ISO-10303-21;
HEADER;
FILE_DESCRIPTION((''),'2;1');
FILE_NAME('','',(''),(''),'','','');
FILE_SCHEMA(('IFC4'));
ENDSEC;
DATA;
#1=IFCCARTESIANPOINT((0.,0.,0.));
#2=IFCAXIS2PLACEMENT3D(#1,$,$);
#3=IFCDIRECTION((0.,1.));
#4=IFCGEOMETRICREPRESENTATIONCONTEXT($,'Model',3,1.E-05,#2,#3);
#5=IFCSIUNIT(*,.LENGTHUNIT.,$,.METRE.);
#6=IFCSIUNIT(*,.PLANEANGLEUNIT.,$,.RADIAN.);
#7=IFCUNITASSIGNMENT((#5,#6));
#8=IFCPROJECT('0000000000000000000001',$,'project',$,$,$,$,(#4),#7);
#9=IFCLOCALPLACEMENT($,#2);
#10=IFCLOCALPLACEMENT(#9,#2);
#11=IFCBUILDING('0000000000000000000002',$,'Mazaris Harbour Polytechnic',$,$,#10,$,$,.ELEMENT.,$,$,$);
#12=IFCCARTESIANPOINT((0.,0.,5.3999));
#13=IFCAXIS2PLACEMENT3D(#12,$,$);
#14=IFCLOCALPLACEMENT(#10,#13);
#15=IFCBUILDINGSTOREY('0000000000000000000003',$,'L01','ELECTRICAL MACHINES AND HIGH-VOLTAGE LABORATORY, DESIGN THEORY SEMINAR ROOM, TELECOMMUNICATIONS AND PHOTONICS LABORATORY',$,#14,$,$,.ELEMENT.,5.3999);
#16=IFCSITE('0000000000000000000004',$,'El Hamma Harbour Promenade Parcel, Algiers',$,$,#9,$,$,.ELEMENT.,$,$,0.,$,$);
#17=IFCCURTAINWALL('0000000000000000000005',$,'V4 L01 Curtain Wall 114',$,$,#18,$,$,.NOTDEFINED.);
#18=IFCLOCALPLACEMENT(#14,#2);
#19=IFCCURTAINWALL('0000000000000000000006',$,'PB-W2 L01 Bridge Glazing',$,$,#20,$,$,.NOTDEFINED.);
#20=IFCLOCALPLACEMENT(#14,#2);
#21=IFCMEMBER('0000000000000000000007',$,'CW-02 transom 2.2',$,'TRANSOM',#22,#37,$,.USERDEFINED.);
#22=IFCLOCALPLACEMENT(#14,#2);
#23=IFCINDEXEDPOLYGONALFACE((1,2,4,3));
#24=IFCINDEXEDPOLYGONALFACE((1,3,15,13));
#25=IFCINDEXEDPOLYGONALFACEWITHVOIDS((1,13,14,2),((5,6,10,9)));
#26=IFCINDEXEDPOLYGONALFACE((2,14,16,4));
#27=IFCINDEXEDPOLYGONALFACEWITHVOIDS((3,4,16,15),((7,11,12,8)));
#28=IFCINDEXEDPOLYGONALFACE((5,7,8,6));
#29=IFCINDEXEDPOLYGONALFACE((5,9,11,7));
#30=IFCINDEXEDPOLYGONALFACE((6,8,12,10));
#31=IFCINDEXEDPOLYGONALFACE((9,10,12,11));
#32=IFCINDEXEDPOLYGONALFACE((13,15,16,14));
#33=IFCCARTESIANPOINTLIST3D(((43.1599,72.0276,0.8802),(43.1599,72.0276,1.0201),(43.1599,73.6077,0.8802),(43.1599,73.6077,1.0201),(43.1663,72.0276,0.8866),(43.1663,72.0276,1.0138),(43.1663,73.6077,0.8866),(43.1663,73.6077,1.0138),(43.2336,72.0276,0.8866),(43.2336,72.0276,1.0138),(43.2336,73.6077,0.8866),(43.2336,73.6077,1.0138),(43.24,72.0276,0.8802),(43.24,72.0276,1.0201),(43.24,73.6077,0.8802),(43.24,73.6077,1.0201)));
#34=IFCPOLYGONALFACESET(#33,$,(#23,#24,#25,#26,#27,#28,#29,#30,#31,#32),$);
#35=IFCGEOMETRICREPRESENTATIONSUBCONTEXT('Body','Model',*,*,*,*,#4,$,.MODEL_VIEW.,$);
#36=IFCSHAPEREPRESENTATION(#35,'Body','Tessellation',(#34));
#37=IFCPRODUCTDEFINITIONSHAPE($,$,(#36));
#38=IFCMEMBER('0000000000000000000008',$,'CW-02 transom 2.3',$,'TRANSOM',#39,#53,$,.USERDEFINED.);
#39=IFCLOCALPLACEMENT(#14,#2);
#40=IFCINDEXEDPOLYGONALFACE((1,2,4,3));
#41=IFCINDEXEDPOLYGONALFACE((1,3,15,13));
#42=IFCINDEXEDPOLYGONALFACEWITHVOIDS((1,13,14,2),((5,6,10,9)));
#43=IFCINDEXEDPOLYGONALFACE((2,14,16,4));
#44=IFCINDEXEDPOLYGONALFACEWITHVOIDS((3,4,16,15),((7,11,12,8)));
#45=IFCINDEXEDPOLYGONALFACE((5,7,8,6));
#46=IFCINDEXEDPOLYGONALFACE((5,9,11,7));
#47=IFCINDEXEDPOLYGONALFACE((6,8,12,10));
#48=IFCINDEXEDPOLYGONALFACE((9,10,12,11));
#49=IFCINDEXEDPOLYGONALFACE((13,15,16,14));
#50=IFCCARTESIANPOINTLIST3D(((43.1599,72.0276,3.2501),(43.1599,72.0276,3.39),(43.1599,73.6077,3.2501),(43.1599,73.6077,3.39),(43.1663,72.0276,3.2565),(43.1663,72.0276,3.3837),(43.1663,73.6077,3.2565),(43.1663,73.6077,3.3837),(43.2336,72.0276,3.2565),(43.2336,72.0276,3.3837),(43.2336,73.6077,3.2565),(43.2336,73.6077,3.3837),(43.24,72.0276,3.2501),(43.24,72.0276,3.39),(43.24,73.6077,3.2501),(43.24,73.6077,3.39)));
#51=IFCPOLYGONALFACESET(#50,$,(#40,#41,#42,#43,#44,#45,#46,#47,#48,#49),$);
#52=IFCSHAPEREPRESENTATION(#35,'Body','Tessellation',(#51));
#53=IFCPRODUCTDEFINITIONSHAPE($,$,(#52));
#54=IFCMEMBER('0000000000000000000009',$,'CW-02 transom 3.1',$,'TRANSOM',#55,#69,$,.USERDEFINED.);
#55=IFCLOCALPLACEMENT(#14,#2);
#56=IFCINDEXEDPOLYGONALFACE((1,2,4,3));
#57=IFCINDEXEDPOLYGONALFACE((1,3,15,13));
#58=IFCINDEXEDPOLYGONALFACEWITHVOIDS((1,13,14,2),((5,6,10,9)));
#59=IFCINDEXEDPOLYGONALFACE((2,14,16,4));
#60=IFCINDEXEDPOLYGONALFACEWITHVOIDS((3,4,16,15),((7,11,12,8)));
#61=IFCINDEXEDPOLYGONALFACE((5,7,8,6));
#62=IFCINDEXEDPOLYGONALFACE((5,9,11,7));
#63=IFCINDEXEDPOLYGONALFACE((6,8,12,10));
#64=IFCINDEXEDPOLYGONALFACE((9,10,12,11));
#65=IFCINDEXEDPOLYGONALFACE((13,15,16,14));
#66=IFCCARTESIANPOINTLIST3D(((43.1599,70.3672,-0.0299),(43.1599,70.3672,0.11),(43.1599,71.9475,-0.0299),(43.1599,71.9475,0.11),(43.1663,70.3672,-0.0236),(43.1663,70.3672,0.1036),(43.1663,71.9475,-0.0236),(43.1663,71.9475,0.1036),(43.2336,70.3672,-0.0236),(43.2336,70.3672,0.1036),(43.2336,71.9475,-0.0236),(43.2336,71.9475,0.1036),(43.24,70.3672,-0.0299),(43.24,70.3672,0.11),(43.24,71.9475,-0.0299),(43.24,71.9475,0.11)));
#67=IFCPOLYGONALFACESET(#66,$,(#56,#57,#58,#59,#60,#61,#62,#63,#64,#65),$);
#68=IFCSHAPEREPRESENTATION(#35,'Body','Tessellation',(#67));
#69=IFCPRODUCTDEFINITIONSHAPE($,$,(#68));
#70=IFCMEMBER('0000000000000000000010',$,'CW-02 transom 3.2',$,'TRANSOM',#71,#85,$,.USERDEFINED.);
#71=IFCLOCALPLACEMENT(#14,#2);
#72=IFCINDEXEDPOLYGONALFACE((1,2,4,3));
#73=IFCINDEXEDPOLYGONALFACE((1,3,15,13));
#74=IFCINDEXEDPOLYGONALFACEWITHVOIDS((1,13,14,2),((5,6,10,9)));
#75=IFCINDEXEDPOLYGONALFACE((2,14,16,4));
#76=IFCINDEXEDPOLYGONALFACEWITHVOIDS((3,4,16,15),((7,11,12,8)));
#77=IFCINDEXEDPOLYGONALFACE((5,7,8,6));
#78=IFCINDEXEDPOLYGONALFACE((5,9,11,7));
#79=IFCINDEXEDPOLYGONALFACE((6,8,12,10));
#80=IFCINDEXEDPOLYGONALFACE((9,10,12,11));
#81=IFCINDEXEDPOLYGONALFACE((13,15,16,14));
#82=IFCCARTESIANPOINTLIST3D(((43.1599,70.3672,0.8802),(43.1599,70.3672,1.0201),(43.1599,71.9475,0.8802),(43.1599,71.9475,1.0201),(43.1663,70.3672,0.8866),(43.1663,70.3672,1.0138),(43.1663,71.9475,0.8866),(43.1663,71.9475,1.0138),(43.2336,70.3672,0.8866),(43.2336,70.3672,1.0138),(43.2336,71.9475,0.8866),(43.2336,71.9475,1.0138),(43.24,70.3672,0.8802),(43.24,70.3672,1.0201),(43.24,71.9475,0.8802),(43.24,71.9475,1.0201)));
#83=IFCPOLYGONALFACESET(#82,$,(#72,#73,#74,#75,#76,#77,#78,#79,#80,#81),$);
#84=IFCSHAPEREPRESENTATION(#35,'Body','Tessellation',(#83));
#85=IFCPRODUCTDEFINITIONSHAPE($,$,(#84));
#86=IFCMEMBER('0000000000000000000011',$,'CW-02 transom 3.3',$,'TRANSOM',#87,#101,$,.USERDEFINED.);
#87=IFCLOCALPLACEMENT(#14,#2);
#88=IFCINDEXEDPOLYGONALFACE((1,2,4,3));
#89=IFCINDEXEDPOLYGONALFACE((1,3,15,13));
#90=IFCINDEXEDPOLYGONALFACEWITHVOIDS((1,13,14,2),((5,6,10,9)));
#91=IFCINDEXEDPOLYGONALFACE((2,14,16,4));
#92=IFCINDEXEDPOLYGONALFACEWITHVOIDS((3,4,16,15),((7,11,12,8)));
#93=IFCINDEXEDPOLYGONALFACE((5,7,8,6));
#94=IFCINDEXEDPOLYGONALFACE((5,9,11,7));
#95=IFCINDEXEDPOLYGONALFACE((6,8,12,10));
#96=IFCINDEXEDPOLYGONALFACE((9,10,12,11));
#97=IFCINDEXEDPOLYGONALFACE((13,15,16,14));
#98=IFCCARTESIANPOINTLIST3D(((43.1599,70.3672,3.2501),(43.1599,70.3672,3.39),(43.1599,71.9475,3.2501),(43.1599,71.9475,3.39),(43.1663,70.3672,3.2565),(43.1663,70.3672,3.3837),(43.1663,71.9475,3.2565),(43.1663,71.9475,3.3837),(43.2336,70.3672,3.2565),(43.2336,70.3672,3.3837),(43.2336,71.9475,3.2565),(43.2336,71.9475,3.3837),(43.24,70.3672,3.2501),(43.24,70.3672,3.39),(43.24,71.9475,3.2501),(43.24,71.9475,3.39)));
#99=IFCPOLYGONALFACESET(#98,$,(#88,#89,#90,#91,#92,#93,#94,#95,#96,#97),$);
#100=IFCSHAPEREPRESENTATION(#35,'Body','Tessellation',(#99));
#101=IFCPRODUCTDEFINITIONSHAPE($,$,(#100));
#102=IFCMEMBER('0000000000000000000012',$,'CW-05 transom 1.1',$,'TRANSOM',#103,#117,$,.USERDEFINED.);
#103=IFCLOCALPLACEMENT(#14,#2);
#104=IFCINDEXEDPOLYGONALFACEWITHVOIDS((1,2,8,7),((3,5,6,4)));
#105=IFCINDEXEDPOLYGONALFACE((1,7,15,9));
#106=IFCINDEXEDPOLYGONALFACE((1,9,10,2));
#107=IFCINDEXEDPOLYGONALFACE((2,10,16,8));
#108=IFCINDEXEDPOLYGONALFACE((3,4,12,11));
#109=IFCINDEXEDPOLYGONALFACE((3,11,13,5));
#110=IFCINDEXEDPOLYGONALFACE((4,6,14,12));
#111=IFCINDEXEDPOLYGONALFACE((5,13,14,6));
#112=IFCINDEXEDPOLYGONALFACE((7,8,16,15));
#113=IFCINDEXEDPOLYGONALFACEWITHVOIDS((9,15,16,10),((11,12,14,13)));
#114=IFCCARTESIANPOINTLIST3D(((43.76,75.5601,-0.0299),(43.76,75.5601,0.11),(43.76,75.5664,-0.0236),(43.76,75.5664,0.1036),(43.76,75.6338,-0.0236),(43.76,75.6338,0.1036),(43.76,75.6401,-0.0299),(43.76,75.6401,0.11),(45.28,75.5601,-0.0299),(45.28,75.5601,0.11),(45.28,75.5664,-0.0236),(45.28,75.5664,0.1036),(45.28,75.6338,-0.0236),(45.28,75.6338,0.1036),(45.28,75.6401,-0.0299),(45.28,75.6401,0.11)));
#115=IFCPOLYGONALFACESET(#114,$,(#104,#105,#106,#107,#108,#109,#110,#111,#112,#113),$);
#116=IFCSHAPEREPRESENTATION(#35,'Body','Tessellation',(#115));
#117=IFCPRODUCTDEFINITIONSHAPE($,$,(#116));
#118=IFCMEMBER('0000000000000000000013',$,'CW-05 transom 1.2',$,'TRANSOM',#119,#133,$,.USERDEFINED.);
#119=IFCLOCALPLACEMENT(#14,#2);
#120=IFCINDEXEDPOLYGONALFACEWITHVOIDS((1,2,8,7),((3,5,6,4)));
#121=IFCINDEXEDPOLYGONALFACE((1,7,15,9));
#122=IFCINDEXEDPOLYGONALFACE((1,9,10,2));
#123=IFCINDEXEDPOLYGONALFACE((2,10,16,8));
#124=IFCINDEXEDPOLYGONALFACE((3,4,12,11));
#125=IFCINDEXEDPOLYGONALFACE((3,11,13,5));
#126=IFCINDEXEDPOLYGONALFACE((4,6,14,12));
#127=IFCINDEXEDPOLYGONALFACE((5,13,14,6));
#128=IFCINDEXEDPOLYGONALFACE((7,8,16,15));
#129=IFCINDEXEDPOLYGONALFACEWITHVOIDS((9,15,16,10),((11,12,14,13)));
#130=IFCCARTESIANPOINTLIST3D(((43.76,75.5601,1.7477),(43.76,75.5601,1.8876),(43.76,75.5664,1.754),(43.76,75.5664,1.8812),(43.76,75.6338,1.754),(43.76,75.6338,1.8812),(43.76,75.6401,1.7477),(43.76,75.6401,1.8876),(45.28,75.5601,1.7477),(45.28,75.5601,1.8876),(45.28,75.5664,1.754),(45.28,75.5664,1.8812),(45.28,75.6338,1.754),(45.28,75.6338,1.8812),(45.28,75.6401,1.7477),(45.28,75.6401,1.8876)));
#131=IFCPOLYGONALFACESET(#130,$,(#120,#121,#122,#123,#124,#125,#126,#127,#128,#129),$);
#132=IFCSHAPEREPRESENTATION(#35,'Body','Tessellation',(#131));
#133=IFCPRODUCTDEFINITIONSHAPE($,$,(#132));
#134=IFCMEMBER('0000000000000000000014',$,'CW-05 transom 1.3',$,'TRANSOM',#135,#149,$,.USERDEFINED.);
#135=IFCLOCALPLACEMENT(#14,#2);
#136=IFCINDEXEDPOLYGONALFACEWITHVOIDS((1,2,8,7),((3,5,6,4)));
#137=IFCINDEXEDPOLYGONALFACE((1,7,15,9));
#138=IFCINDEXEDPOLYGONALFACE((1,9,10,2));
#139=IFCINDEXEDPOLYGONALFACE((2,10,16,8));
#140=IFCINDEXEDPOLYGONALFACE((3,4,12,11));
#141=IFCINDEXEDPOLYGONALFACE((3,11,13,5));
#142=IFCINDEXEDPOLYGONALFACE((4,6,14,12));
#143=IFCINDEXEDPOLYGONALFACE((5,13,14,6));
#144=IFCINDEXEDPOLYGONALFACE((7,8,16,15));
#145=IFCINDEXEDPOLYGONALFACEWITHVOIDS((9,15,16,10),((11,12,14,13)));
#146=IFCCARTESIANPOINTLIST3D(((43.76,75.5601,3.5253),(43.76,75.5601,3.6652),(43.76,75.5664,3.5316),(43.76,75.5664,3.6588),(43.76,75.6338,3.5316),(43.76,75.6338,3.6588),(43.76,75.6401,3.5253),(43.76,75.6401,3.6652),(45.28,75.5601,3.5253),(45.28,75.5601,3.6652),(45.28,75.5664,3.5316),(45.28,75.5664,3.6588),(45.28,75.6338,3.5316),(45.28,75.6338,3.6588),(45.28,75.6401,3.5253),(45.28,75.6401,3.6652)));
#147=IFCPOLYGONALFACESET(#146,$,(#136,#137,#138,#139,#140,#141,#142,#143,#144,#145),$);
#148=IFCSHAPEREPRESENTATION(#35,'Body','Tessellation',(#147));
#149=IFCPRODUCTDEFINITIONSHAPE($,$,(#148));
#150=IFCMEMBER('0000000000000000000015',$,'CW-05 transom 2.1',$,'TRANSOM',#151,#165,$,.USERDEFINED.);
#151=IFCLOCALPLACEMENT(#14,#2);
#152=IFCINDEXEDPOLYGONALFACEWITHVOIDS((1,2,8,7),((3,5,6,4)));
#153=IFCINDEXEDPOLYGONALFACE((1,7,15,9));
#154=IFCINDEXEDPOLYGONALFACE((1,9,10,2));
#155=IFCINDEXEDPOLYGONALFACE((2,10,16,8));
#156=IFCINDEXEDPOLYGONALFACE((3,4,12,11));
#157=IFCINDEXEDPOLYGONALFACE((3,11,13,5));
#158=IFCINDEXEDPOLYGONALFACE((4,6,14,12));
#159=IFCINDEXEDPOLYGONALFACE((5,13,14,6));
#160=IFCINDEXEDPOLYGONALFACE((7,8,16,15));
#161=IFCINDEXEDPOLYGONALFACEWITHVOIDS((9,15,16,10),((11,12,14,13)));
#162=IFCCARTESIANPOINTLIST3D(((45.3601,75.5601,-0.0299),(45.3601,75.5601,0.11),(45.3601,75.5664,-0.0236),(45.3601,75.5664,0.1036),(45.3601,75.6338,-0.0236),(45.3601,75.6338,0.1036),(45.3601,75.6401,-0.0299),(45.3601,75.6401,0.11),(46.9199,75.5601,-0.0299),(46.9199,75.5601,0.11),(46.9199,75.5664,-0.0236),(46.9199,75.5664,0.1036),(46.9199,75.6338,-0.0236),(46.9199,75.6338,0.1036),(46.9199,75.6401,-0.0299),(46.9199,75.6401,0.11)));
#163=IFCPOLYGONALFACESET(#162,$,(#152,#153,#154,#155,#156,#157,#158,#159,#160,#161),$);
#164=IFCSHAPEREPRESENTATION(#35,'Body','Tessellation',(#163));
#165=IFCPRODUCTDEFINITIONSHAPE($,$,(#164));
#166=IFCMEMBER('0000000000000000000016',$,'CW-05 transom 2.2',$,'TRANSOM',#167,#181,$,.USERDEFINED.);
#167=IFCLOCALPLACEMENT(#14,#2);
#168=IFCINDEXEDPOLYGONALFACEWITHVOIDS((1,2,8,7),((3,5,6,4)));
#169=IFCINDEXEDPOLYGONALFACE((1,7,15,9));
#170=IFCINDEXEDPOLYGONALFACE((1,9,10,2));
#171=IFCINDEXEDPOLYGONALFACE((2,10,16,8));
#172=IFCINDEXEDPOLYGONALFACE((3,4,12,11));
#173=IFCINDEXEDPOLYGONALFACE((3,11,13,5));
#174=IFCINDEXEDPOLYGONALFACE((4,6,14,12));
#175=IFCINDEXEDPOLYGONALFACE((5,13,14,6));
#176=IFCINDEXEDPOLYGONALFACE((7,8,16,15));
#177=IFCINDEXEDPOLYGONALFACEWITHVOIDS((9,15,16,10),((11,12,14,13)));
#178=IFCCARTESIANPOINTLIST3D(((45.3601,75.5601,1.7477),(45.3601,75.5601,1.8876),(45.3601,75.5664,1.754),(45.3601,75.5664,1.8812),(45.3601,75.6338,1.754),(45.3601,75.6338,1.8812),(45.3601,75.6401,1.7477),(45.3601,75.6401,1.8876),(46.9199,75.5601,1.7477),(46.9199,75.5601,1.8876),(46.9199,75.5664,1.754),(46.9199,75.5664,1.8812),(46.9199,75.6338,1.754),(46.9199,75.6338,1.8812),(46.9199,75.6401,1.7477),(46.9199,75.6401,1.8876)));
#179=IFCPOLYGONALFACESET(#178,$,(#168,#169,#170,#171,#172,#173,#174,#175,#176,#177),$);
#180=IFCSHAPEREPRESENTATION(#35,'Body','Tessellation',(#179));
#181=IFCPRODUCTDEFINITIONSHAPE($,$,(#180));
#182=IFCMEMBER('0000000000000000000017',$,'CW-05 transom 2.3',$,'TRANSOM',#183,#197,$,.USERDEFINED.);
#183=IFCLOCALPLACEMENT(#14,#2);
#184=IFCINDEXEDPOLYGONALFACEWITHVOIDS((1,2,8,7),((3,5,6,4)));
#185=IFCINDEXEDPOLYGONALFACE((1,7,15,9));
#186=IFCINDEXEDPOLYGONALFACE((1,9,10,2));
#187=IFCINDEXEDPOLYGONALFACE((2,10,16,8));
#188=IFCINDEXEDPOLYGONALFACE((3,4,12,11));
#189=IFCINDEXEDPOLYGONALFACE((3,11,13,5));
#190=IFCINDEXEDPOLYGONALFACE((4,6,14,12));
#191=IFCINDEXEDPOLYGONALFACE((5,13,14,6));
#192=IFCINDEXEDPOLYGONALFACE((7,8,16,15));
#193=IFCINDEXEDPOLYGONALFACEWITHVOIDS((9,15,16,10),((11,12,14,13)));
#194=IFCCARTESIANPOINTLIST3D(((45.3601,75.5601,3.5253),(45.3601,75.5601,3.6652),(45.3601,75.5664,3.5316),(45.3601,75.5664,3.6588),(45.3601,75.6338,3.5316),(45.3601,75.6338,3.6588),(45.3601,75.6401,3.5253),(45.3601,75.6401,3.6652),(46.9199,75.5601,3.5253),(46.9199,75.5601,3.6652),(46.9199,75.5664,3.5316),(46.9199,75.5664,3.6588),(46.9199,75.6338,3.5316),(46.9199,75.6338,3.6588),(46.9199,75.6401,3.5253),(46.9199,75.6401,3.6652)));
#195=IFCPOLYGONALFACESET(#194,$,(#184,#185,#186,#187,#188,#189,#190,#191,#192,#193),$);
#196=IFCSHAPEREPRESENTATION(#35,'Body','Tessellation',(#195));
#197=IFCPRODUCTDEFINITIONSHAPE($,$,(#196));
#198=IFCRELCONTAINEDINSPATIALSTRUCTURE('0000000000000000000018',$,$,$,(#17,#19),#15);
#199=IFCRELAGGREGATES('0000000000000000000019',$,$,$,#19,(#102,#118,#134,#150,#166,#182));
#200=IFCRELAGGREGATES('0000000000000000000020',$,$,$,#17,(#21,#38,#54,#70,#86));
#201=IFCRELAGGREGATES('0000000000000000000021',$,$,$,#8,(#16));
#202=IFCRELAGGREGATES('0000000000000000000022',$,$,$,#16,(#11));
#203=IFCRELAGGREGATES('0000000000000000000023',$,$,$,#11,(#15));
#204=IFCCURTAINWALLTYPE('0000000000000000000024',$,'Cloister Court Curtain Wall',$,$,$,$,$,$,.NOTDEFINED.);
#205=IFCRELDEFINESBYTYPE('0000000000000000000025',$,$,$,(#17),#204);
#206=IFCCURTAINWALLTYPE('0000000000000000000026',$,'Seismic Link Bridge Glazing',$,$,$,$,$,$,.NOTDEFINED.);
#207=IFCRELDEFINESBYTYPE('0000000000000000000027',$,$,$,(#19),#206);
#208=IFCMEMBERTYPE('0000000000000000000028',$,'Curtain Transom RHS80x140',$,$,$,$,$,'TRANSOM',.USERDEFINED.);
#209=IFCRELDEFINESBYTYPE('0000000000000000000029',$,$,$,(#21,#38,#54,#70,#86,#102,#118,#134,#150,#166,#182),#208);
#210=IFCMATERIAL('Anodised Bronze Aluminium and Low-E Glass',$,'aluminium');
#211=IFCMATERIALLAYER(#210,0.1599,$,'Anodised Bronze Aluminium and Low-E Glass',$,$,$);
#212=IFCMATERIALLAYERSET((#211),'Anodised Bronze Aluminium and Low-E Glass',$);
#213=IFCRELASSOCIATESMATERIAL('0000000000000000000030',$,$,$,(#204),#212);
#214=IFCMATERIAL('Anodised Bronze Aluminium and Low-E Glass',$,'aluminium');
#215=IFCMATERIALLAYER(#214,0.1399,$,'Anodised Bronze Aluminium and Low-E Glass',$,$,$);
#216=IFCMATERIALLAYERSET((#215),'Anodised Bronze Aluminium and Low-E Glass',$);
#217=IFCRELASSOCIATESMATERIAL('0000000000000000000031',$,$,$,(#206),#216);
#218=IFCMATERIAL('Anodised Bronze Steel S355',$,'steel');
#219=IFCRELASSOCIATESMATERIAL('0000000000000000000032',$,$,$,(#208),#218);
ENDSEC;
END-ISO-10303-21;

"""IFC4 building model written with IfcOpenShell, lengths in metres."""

from ifc_helpers import new_model, si_unit, direction, frame, origin, origin_2d, place, context, subcontext, project, spatial, hollow_rectangle, extrude, material, layer, layer_set, material_profile, profile_set, type_object, element, aggregate, save


model = new_model("IFC4")

# Units and contexts
model_context = context("Model", 3, precision=1e-05, world=origin(), true_north=direction((0.0, 1.0)))
body_context = subcontext(model_context, "Body", "Model", "MODEL_VIEW")
ifc_project = project(units=[si_unit("LENGTHUNIT", "METRE"), si_unit("PLANEANGLEUNIT", "RADIAN")], contexts=[model_context])

# Site, building, storey
site_placement = place(None, origin())
site = spatial("IfcSite", under=ifc_project, at=site_placement, Name="El Hamma Harbour Promenade Parcel, Algiers", CompositionType="ELEMENT", RefElevation=0.0)
building_placement = place(site_placement, origin())
building = spatial("IfcBuilding", under=site, at=building_placement, Name="Mazaris Harbour Polytechnic", CompositionType="ELEMENT")
storey_placement = place(building_placement, frame((0.0, 0.0, 5.3999)))
storey = spatial("IfcBuildingStorey", under=building, at=storey_placement, Name="L01", Description="ELECTRICAL MACHINES AND HIGH-VOLTAGE LABORATORY, DESIGN THEORY SEMINAR ROOM, TELECOMMUNICATIONS AND PHOTONICS LABORATORY", CompositionType="ELEMENT", Elevation=5.3999)

# Curtain walls
ifc_material_1 = material(Name="Anodised Bronze Aluminium and Low-E Glass", Category="aluminium")
ifc_layer_1 = layer(ifc_material_1, 0.1599, Name="Anodised Bronze Aluminium and Low-E Glass")
ifc_layer_set_1 = layer_set([ifc_layer_1], Name="Anodised Bronze Aluminium and Low-E Glass")
curtain_wall_type_1 = type_object("IfcCurtainWallType", Name="Cloister Court Curtain Wall", PredefinedType="NOTDEFINED", material=ifc_layer_set_1)
curtain_wall_1_placement = place(storey_placement, origin())
curtain_wall_1 = element("IfcCurtainWall", 1, at=curtain_wall_1_placement, inside=storey, type_object=curtain_wall_type_1, Name="V4 L01 Curtain Wall 114", PredefinedType="NOTDEFINED")
ifc_material_2 = material(Name="Anodised Bronze Aluminium and Low-E Glass", Category="aluminium")
ifc_layer_2 = layer(ifc_material_2, 0.1399, Name="Anodised Bronze Aluminium and Low-E Glass")
ifc_layer_set_2 = layer_set([ifc_layer_2], Name="Anodised Bronze Aluminium and Low-E Glass")
curtain_wall_type_2 = type_object("IfcCurtainWallType", Name="Seismic Link Bridge Glazing", PredefinedType="NOTDEFINED", material=ifc_layer_set_2)
curtain_wall_2_placement = place(storey_placement, origin())
curtain_wall_2 = element("IfcCurtainWall", 2, at=curtain_wall_2_placement, inside=storey, type_object=curtain_wall_type_2, Name="PB-W2 L01 Bridge Glazing", PredefinedType="NOTDEFINED")

# Members
ifc_material_3 = material(Name="Anodised Bronze Steel S355", Category="steel")
ifc_material_profile_1 = material_profile(ifc_material_3, hollow_rectangle(XDim=0.0801, YDim=0.1399, WallThickness=0.0063, at=origin_2d()), Name="RHS 80x140x6.3")
ifc_profile_set_1 = profile_set([ifc_material_profile_1], Name="Anodised Bronze Steel S355")
member_type_1 = type_object("IfcMemberType", Name="Curtain Transom RHS80x140", ElementType="TRANSOM", PredefinedType="USERDEFINED", material=ifc_profile_set_1)
member_1_placement = place(storey_placement, frame((43.2, 73.6077, 0.9502), z_axis=(0.0, -1.0, 0.0), x_axis=(1.0, 0.0, 0.0)))
member_1 = element("IfcMember", 3, at=member_1_placement, type_object=member_type_1, Name="CW-02 transom 2.2", ObjectType="TRANSOM", PredefinedType="USERDEFINED", context=body_context, shape_type="SweptSolid", body=[
    extrude(hollow_rectangle(XDim=0.0801, YDim=0.1399, WallThickness=0.0063, at=origin_2d()), origin(), (0.0, 0.0, 1.0), 1.5801),
])
member_2_placement = place(storey_placement, frame((43.2, 73.6077, 3.3201), z_axis=(0.0, -1.0, 0.0), x_axis=(1.0, 0.0, 0.0)))
member_2 = element("IfcMember", 4, at=member_2_placement, type_object=member_type_1, Name="CW-02 transom 2.3", ObjectType="TRANSOM", PredefinedType="USERDEFINED", context=body_context, shape_type="SweptSolid", body=[
    extrude(hollow_rectangle(XDim=0.0801, YDim=0.1399, WallThickness=0.0063, at=origin_2d()), origin(), (0.0, 0.0, 1.0), 1.5801),
])
member_3_placement = place(storey_placement, frame((43.2, 71.9475, 0.04), z_axis=(0.0, -1.0, 0.0), x_axis=(1.0, 0.0, 0.0)))
member_3 = element("IfcMember", 5, at=member_3_placement, type_object=member_type_1, Name="CW-02 transom 3.1", ObjectType="TRANSOM", PredefinedType="USERDEFINED", context=body_context, shape_type="SweptSolid", body=[
    extrude(hollow_rectangle(XDim=0.0801, YDim=0.1399, WallThickness=0.0063, at=origin_2d()), origin(), (0.0, 0.0, 1.0), 1.5803),
])
member_4_placement = place(storey_placement, frame((43.2, 71.9475, 0.9502), z_axis=(0.0, -1.0, 0.0), x_axis=(1.0, 0.0, 0.0)))
member_4 = element("IfcMember", 6, at=member_4_placement, type_object=member_type_1, Name="CW-02 transom 3.2", ObjectType="TRANSOM", PredefinedType="USERDEFINED", context=body_context, shape_type="SweptSolid", body=[
    extrude(hollow_rectangle(XDim=0.0801, YDim=0.1399, WallThickness=0.0063, at=origin_2d()), origin(), (0.0, 0.0, 1.0), 1.5803),
])
member_5_placement = place(storey_placement, frame((43.2, 71.9475, 3.3201), z_axis=(0.0, -1.0, 0.0), x_axis=(1.0, 0.0, 0.0)))
member_5 = element("IfcMember", 7, at=member_5_placement, type_object=member_type_1, Name="CW-02 transom 3.3", ObjectType="TRANSOM", PredefinedType="USERDEFINED", context=body_context, shape_type="SweptSolid", body=[
    extrude(hollow_rectangle(XDim=0.0801, YDim=0.1399, WallThickness=0.0063, at=origin_2d()), origin(), (0.0, 0.0, 1.0), 1.5803),
])
member_6_placement = place(storey_placement, frame((43.76, 75.6001, 0.04), z_axis=(1.0, 0.0, 0.0), x_axis=(0.0, 1.0, 0.0)))
member_6 = element("IfcMember", 8, at=member_6_placement, type_object=member_type_1, Name="CW-05 transom 1.1", ObjectType="TRANSOM", PredefinedType="USERDEFINED", context=body_context, shape_type="SweptSolid", body=[
    extrude(hollow_rectangle(XDim=0.0801, YDim=0.1399, WallThickness=0.0063, at=origin_2d()), origin(), (0.0, 0.0, 1.0), 1.52),
])
member_7_placement = place(storey_placement, frame((43.76, 75.6001, 1.8176), z_axis=(1.0, 0.0, 0.0), x_axis=(0.0, 1.0, 0.0)))
member_7 = element("IfcMember", 9, at=member_7_placement, type_object=member_type_1, Name="CW-05 transom 1.2", ObjectType="TRANSOM", PredefinedType="USERDEFINED", context=body_context, shape_type="SweptSolid", body=[
    extrude(hollow_rectangle(XDim=0.0801, YDim=0.1399, WallThickness=0.0063, at=origin_2d()), origin(), (0.0, 0.0, 1.0), 1.52),
])
member_8_placement = place(storey_placement, frame((43.76, 75.6001, 3.5952), z_axis=(1.0, 0.0, 0.0), x_axis=(0.0, 1.0, 0.0)))
member_8 = element("IfcMember", 10, at=member_8_placement, type_object=member_type_1, Name="CW-05 transom 1.3", ObjectType="TRANSOM", PredefinedType="USERDEFINED", context=body_context, shape_type="SweptSolid", body=[
    extrude(hollow_rectangle(XDim=0.0801, YDim=0.1399, WallThickness=0.0063, at=origin_2d()), origin(), (0.0, 0.0, 1.0), 1.52),
])
member_9_placement = place(storey_placement, frame((45.3601, 75.6001, 0.04), z_axis=(1.0, 0.0, 0.0), x_axis=(0.0, 1.0, 0.0)))
member_9 = element("IfcMember", 11, at=member_9_placement, type_object=member_type_1, Name="CW-05 transom 2.1", ObjectType="TRANSOM", PredefinedType="USERDEFINED", context=body_context, shape_type="SweptSolid", body=[
    extrude(hollow_rectangle(XDim=0.0801, YDim=0.1399, WallThickness=0.0063, at=origin_2d()), origin(), (0.0, 0.0, 1.0), 1.5598),
])
member_10_placement = place(storey_placement, frame((45.3601, 75.6001, 1.8176), z_axis=(1.0, 0.0, 0.0), x_axis=(0.0, 1.0, 0.0)))
member_10 = element("IfcMember", 12, at=member_10_placement, type_object=member_type_1, Name="CW-05 transom 2.2", ObjectType="TRANSOM", PredefinedType="USERDEFINED", context=body_context, shape_type="SweptSolid", body=[
    extrude(hollow_rectangle(XDim=0.0801, YDim=0.1399, WallThickness=0.0063, at=origin_2d()), origin(), (0.0, 0.0, 1.0), 1.5598),
])
member_11_placement = place(storey_placement, frame((45.3601, 75.6001, 3.5952), z_axis=(1.0, 0.0, 0.0), x_axis=(0.0, 1.0, 0.0)))
member_11 = element("IfcMember", 13, at=member_11_placement, type_object=member_type_1, Name="CW-05 transom 2.3", ObjectType="TRANSOM", PredefinedType="USERDEFINED", context=body_context, shape_type="SweptSolid", body=[
    extrude(hollow_rectangle(XDim=0.0801, YDim=0.1399, WallThickness=0.0063, at=origin_2d()), origin(), (0.0, 0.0, 1.0), 1.5598),
])

aggregate(curtain_wall_2, [member_6, member_7, member_8, member_9, member_10, member_11])
aggregate(curtain_wall_1, [member_1, member_2, member_3, member_4, member_5])

save(model, "model.ifc")
